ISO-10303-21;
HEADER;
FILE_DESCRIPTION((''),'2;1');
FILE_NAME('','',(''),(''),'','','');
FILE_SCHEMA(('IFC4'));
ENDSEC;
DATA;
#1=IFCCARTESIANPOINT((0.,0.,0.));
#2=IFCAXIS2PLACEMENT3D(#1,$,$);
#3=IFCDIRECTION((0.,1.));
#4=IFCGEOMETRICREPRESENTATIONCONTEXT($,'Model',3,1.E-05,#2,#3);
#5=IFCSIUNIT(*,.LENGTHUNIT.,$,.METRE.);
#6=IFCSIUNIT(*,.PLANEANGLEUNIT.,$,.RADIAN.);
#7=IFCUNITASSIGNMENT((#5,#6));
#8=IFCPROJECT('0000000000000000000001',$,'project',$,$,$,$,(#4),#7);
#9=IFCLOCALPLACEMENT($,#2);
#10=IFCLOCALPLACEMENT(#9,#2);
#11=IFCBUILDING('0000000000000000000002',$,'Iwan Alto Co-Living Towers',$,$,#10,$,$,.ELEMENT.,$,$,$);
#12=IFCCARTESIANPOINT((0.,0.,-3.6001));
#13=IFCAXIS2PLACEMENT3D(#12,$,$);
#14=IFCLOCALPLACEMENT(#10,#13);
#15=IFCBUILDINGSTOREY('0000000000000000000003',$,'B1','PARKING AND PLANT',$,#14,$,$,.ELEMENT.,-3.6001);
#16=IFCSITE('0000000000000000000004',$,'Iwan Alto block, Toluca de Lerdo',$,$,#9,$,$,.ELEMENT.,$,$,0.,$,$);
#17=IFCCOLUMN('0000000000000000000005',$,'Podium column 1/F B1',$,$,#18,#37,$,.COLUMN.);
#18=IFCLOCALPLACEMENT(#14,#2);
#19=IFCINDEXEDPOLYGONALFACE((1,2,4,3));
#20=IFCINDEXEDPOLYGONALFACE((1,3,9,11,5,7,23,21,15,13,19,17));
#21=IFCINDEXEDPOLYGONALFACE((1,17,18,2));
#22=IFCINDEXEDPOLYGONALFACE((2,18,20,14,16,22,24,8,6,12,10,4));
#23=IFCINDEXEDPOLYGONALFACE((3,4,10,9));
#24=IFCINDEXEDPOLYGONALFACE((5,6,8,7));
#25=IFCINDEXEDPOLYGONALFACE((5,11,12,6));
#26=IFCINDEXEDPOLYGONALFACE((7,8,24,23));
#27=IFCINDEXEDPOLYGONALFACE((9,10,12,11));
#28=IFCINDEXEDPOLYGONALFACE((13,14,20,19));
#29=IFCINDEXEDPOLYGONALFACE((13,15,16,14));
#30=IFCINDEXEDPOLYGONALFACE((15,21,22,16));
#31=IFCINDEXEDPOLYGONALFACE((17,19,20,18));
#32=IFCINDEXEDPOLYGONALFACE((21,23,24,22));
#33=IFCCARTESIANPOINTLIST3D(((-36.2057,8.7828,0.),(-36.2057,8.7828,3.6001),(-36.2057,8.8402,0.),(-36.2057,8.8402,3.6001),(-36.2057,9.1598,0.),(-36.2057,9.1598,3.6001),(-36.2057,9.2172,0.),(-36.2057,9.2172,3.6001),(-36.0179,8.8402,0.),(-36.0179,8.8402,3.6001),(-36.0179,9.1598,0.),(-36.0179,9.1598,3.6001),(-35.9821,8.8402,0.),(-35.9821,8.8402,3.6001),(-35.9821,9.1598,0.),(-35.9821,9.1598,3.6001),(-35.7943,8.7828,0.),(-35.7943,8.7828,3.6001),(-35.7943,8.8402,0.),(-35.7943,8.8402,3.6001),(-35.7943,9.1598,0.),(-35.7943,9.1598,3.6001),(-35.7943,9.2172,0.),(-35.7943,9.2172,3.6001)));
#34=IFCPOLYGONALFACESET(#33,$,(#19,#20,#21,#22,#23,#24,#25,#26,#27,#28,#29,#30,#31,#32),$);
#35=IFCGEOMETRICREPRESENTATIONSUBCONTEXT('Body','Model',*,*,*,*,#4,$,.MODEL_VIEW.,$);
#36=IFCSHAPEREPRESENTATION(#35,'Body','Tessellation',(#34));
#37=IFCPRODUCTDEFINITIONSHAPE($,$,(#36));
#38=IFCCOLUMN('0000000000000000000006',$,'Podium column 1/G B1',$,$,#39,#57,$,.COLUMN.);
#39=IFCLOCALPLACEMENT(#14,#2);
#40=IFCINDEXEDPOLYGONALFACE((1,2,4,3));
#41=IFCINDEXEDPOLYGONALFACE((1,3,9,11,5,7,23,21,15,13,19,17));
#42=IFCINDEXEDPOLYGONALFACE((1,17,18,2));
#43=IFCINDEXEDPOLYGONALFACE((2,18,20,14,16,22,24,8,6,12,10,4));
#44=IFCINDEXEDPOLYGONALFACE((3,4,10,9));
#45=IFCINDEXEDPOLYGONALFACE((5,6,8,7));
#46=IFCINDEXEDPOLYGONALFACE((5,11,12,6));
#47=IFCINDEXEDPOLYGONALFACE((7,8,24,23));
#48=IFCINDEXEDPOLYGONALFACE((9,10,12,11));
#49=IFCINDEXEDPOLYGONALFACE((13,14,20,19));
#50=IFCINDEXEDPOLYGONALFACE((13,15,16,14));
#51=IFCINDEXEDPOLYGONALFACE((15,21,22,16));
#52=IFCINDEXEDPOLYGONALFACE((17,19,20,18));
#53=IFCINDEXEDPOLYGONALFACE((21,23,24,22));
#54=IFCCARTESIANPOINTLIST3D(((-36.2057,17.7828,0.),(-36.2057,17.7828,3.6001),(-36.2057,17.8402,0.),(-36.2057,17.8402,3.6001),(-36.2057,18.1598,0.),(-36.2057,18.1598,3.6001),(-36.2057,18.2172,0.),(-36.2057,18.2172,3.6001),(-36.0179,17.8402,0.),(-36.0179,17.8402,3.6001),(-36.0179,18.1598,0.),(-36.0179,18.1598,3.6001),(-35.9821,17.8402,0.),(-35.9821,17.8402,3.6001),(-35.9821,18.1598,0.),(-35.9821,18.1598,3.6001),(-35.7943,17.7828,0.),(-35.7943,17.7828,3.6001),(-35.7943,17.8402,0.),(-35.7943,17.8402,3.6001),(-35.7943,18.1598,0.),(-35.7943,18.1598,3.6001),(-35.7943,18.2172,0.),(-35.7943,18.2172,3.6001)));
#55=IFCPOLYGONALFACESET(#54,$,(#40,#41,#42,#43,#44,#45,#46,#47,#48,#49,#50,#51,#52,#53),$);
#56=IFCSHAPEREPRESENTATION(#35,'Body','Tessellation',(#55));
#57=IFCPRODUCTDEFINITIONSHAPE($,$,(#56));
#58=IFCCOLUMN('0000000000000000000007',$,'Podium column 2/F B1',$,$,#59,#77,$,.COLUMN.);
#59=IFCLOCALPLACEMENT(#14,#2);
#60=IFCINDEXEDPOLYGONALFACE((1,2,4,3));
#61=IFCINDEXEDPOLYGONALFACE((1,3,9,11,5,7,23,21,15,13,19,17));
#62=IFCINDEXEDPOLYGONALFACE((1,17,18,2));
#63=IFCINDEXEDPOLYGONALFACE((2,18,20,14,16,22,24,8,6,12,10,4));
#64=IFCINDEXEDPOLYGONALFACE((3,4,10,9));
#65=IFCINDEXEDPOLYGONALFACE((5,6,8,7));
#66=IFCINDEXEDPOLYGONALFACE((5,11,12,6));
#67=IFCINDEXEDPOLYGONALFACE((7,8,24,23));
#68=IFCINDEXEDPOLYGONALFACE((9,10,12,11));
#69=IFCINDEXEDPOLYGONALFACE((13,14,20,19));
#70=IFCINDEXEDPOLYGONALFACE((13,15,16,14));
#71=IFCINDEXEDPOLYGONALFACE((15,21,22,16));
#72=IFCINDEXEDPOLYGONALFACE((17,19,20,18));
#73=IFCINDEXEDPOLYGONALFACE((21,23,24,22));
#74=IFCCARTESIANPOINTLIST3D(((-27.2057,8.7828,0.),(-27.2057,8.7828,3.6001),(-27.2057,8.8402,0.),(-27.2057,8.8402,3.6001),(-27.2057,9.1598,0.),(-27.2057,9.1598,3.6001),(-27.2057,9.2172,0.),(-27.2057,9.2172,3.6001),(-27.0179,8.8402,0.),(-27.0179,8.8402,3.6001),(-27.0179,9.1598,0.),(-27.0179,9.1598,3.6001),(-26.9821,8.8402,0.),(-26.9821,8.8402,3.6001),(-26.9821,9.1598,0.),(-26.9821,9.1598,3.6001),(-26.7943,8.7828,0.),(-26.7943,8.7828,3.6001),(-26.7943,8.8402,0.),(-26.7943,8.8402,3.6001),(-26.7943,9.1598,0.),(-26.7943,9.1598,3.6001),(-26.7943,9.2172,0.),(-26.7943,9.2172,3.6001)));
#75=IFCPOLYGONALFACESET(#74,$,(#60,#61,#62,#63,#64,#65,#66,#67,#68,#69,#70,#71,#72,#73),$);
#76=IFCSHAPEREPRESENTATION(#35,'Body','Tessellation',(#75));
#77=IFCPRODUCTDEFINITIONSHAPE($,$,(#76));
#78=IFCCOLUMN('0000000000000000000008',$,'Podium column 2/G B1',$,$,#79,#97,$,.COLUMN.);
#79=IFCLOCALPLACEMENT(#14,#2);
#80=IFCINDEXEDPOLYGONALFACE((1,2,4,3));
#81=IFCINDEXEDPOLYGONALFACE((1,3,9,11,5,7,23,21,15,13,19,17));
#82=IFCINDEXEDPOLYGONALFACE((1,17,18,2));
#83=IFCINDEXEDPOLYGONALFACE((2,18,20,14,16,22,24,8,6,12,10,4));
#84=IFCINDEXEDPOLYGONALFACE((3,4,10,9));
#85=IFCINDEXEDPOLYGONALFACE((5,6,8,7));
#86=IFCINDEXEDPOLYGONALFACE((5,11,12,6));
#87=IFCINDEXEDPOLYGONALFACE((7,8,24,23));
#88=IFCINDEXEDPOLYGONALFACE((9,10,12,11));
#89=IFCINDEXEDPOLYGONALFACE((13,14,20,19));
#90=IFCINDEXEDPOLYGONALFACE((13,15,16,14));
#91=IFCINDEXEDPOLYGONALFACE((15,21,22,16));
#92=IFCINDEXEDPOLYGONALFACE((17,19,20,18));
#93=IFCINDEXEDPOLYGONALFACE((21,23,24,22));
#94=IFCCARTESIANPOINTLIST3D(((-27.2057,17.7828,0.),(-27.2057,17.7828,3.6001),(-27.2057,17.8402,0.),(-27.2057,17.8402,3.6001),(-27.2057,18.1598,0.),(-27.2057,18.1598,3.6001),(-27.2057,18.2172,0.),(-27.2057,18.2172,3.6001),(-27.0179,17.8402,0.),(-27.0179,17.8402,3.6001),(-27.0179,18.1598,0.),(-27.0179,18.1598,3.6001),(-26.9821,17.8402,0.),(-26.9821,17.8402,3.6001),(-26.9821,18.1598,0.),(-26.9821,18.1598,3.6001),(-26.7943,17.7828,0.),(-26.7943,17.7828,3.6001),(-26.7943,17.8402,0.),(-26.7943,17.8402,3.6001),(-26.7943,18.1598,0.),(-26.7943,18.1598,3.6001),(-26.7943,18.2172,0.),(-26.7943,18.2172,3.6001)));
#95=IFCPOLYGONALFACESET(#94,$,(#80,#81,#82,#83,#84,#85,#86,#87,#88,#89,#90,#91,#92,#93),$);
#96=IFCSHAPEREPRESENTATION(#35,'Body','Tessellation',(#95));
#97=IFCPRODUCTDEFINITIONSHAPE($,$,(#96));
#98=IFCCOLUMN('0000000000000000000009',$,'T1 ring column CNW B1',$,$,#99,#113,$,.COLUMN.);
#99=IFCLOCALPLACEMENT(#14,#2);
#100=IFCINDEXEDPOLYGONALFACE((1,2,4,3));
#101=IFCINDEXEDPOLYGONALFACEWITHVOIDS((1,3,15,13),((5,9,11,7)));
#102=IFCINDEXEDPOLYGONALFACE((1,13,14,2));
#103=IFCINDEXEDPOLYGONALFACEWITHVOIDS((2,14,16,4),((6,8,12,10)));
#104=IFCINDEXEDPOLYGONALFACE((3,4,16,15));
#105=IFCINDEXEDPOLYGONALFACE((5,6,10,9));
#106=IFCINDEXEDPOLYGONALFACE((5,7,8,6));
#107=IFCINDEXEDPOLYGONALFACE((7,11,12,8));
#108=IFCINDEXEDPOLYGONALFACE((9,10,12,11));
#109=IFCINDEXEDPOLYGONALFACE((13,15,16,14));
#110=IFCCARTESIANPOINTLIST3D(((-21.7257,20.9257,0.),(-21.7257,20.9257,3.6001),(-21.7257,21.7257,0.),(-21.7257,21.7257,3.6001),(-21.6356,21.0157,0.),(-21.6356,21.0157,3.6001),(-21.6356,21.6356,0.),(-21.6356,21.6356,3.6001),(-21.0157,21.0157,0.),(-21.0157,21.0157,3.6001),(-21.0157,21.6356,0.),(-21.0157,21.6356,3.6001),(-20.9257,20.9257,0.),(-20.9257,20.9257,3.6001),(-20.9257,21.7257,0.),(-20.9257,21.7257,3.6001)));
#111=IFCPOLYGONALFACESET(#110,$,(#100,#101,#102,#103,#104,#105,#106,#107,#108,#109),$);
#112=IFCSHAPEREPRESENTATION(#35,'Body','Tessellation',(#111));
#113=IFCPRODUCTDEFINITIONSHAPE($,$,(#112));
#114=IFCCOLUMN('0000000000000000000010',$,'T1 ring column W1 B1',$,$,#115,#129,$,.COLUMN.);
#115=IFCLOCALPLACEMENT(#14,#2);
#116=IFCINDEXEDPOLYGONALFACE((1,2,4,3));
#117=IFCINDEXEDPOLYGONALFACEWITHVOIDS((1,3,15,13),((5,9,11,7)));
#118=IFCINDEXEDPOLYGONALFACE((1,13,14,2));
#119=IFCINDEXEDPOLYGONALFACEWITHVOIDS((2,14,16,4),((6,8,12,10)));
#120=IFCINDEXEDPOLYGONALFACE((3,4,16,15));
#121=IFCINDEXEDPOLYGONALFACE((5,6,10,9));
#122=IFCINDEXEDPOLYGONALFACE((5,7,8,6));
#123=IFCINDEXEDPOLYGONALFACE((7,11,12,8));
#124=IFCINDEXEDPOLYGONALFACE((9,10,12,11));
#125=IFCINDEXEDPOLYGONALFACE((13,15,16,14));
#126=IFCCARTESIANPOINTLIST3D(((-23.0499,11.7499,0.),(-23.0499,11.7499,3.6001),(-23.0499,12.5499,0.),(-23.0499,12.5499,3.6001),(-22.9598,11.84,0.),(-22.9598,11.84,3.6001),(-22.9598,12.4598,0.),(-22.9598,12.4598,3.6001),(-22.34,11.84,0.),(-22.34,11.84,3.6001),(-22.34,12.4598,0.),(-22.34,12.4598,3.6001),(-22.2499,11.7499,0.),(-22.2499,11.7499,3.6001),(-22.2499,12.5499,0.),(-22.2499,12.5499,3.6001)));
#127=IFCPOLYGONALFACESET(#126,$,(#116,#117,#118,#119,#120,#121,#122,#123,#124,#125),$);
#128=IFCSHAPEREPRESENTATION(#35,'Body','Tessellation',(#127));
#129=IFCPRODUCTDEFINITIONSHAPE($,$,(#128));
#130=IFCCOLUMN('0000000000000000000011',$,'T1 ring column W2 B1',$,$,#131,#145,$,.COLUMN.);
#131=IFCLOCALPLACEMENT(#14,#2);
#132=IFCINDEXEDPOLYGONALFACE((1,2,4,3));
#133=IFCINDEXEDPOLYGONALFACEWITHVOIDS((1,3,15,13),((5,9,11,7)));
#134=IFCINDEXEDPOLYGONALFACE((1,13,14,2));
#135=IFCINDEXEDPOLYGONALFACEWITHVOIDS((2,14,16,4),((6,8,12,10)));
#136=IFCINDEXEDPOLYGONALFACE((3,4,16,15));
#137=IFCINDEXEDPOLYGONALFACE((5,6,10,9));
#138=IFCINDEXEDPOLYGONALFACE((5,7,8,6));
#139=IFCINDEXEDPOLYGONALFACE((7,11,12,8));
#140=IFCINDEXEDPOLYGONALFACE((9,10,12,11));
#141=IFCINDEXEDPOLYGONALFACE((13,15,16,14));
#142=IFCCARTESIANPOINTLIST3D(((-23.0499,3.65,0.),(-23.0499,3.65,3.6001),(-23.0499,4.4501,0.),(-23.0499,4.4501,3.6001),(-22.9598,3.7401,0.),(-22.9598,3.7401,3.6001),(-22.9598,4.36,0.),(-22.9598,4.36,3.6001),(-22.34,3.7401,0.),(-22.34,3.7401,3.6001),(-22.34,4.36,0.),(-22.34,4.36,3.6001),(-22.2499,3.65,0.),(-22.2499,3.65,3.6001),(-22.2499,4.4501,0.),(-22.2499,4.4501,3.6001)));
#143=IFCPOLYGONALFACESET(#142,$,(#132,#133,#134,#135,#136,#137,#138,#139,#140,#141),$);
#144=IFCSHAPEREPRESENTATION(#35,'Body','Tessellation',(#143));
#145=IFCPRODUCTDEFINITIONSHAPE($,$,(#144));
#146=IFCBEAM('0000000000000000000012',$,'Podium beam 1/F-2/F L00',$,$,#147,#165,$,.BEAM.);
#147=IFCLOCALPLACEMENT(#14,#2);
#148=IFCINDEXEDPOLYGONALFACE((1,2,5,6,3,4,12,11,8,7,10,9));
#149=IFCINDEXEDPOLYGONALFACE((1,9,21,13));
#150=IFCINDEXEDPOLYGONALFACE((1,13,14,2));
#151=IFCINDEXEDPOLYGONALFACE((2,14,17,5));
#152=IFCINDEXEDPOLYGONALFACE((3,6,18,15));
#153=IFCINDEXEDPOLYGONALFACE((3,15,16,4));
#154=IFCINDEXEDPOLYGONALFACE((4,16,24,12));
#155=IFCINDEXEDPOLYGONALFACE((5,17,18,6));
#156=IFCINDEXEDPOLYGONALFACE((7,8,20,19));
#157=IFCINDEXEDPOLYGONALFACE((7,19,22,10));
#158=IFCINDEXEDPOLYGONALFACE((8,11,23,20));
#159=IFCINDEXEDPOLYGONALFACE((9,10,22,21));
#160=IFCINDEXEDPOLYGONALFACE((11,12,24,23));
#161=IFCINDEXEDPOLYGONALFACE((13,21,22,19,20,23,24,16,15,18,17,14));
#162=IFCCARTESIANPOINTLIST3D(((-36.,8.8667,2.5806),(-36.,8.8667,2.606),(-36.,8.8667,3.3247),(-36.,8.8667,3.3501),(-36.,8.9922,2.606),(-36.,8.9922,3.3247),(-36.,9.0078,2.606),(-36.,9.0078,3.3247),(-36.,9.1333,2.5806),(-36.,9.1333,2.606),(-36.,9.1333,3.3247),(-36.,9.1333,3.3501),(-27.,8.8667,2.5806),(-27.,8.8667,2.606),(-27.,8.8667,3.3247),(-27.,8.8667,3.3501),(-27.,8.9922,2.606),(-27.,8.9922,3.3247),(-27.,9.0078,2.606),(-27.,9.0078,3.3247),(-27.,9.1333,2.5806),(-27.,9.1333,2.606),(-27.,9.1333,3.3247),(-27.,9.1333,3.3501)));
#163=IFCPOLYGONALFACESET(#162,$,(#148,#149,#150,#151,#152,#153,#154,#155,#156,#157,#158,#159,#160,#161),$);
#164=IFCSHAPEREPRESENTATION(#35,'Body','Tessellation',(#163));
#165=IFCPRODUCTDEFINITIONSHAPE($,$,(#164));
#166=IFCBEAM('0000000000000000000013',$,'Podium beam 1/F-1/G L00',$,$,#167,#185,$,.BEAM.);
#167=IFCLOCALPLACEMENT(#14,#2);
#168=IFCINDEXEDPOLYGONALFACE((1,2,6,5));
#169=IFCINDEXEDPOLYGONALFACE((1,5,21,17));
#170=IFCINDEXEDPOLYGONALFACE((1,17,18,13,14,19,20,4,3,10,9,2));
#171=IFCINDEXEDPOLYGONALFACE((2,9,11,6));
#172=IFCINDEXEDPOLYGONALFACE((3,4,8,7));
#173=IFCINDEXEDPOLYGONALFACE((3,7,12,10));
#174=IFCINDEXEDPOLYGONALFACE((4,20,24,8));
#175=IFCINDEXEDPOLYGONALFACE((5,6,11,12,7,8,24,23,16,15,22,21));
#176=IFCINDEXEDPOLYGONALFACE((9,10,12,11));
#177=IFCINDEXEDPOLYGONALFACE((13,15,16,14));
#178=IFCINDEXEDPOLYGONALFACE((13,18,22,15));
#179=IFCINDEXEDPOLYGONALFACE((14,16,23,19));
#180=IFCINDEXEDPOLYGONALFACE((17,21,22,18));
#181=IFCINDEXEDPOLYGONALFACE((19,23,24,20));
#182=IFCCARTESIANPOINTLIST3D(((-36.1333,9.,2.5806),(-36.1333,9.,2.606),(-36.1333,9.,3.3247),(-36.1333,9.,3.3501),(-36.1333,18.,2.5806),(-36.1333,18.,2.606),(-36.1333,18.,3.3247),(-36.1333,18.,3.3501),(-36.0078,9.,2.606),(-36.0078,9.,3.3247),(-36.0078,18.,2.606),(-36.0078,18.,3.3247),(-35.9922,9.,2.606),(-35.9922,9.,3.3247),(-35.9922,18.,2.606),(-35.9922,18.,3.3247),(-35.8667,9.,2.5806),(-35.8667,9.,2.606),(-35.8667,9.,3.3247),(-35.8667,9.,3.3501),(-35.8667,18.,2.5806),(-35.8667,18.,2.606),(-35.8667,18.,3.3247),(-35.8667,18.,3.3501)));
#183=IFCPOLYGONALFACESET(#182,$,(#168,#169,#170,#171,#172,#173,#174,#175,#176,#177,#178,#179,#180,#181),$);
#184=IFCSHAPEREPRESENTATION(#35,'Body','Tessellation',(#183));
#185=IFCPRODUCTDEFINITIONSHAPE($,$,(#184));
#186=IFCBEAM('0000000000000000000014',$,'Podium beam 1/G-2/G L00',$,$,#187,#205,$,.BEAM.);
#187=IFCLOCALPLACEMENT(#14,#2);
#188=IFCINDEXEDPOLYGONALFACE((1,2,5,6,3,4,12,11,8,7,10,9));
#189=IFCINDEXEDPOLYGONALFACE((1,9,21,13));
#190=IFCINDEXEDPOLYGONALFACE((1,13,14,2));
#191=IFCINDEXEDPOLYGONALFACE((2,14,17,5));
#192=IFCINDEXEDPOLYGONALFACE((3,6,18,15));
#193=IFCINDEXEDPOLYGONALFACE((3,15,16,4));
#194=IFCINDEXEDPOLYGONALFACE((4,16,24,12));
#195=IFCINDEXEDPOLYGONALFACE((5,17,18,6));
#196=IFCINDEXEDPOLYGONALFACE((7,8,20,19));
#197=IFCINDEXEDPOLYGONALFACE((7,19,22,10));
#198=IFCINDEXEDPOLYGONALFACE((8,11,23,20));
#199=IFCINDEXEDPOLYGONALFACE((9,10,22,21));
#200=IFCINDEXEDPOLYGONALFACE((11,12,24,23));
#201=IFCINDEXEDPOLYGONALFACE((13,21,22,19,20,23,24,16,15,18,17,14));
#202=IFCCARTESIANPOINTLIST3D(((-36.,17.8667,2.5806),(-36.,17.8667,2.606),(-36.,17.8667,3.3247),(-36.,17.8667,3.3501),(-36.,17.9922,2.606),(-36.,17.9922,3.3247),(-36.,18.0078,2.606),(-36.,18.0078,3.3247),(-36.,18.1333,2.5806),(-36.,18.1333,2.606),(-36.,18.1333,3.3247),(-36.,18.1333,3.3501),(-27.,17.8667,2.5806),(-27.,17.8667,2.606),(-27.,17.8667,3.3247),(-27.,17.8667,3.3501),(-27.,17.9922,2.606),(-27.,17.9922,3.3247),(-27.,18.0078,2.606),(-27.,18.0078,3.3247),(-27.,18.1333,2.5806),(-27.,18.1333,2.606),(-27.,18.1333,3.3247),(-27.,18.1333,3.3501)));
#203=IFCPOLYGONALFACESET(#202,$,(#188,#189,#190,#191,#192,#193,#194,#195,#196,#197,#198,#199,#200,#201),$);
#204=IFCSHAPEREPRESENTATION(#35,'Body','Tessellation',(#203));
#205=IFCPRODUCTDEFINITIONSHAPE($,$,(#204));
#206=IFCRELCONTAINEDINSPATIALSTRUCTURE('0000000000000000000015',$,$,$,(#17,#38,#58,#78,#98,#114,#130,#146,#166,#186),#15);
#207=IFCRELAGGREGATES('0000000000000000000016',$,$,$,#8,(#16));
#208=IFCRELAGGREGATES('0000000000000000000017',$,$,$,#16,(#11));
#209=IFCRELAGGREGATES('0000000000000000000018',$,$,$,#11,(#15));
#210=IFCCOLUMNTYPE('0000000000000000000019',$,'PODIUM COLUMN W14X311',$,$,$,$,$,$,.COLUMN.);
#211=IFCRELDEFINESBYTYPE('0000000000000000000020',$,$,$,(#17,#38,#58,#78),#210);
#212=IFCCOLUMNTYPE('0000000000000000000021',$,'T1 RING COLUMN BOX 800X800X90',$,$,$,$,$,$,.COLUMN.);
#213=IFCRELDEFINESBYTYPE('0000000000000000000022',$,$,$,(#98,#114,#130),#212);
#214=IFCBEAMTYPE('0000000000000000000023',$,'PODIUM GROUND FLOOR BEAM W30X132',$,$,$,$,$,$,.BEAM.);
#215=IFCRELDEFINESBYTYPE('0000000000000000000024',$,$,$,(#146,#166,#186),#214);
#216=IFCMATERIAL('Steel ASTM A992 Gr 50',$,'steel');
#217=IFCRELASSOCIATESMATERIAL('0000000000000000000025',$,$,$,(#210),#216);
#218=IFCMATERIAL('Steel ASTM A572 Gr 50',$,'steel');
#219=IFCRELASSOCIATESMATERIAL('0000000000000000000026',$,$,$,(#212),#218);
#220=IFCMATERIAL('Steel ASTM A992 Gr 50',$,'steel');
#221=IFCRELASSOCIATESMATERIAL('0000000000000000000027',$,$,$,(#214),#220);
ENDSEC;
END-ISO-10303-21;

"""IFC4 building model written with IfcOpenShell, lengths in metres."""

from ifc_helpers import new_model, si_unit, direction, frame, origin, origin_2d, place, context, subcontext, project, spatial, hollow_rectangle, i_section, extrude, material, material_profile, profile_set, type_object, element, save


model = new_model("IFC4")

# Units and contexts
model_context = context("Model", 3, precision=1e-05, world=origin(), true_north=direction((0.0, 1.0)))
body_context = subcontext(model_context, "Body", "Model", "MODEL_VIEW")
ifc_project = project(units=[si_unit("LENGTHUNIT", "METRE"), si_unit("PLANEANGLEUNIT", "RADIAN")], contexts=[model_context])

# Site, building, storey
site_placement = place(None, origin())
site = spatial("IfcSite", under=ifc_project, at=site_placement, Name="Iwan Alto block, Toluca de Lerdo", CompositionType="ELEMENT", RefElevation=0.0)
building_placement = place(site_placement, origin())
building = spatial("IfcBuilding", under=site, at=building_placement, Name="Iwan Alto Co-Living Towers", CompositionType="ELEMENT")
storey_placement = place(building_placement, frame((0.0, 0.0, -3.6001)))
storey = spatial("IfcBuildingStorey", under=building, at=storey_placement, Name="B1", Description="PARKING AND PLANT", CompositionType="ELEMENT", Elevation=-3.6001)

# Columns
ifc_material_1 = material(Name="Steel ASTM A992 Gr 50", Category="steel")
ifc_material_profile_1 = material_profile(ifc_material_1, i_section(OverallWidth=0.4114, OverallDepth=0.4343, WebThickness=0.0359, FlangeThickness=0.0574, at=origin_2d()), Name="W14X311")
ifc_profile_set_1 = profile_set([ifc_material_profile_1], Name="Steel ASTM A992 Gr 50")
column_type_1 = type_object("IfcColumnType", Name="PODIUM COLUMN W14X311", PredefinedType="COLUMN", material=ifc_profile_set_1)
for number, where, z_axis, x_axis, name in (
    (1, (-36.0, 9.0, 0.0), (0.0, 0.0, 1.0), (1.0, 0.0, 0.0), "Podium column 1/F B1"),
    (2, (-36.0, 18.0, 0.0), (0.0, 0.0, 1.0), (1.0, 0.0, 0.0), "Podium column 1/G B1"),
    (3, (-27.0, 9.0, 0.0), (0.0, 0.0, 1.0), (1.0, 0.0, 0.0), "Podium column 2/F B1"),
    (4, (-27.0, 18.0, 0.0), (0.0, 0.0, 1.0), (1.0, 0.0, 0.0), "Podium column 2/G B1"),
):
    element("IfcColumn", number, at=place(storey_placement, frame(where, z_axis=z_axis, x_axis=x_axis)), inside=storey, type_object=column_type_1, Name=name, PredefinedType="COLUMN", context=body_context, shape_type="SweptSolid", body=[
        extrude(i_section(OverallWidth=0.4114, OverallDepth=0.4343, WebThickness=0.0359, FlangeThickness=0.0574, at=origin_2d()), origin(), (0.0, 0.0, 1.0), 3.6001),
    ])
ifc_material_2 = material(Name="Steel ASTM A572 Gr 50", Category="steel")
ifc_material_profile_2 = material_profile(ifc_material_2, hollow_rectangle(XDim=0.8, YDim=0.8, WallThickness=0.0901, at=origin_2d()), Name="BOX 800X800X90")
ifc_profile_set_2 = profile_set([ifc_material_profile_2], Name="Steel ASTM A572 Gr 50")
column_type_2 = type_object("IfcColumnType", Name="T1 RING COLUMN BOX 800X800X90", PredefinedType="COLUMN", material=ifc_profile_set_2)
for number, where, z_axis, x_axis, name in (
    (5, (-21.3257, 21.3257, 0.0), (0.0, 0.0, 1.0), (1.0, 0.0, 0.0), "T1 ring column CNW B1"),
    (6, (-22.6499, 12.1499, 0.0), (0.0, 0.0, 1.0), (1.0, 0.0, 0.0), "T1 ring column W1 B1"),
    (7, (-22.6499, 4.05, 0.0), (0.0, 0.0, 1.0), (1.0, 0.0, 0.0), "T1 ring column W2 B1"),
):
    element("IfcColumn", number, at=place(storey_placement, frame(where, z_axis=z_axis, x_axis=x_axis)), inside=storey, type_object=column_type_2, Name=name, PredefinedType="COLUMN", context=body_context, shape_type="SweptSolid", body=[
        extrude(hollow_rectangle(XDim=0.8, YDim=0.8, WallThickness=0.0901, at=origin_2d()), origin(), (0.0, 0.0, 1.0), 3.6001),
    ])

# Beams
ifc_material_3 = material(Name="Steel ASTM A992 Gr 50", Category="steel")
ifc_material_profile_3 = material_profile(ifc_material_3, i_section(OverallWidth=0.2666, OverallDepth=0.7695, WebThickness=0.0156, FlangeThickness=0.0254, at=origin_2d()), Name="W30X132")
ifc_profile_set_3 = profile_set([ifc_material_profile_3], Name="Steel ASTM A992 Gr 50")
beam_type_1 = type_object("IfcBeamType", Name="PODIUM GROUND FLOOR BEAM W30X132", PredefinedType="BEAM", material=ifc_profile_set_3)
for number, where, z_axis, x_axis, name in (
    (8, (-36.0, 9.0, 2.9653), (1.0, 0.0, 0.0), (0.0, 1.0, 0.0), "Podium beam 1/F-2/F L00"),
    (9, (-36.0, 9.0, 2.9653), (0.0, 1.0, 0.0), (-1.0, 0.0, 0.0), "Podium beam 1/F-1/G L00"),
    (10, (-36.0, 18.0, 2.9653), (1.0, 0.0, 0.0), (0.0, 1.0, 0.0), "Podium beam 1/G-2/G L00"),
):
    element("IfcBeam", number, at=place(storey_placement, frame(where, z_axis=z_axis, x_axis=x_axis)), inside=storey, type_object=beam_type_1, Name=name, PredefinedType="BEAM", context=body_context, shape_type="SweptSolid", body=[
        extrude(i_section(OverallWidth=0.2666, OverallDepth=0.7695, WebThickness=0.0156, FlangeThickness=0.0254, at=origin_2d()), origin(), (0.0, 0.0, 1.0), 9.0),
    ])

save(model, "model.ifc")
